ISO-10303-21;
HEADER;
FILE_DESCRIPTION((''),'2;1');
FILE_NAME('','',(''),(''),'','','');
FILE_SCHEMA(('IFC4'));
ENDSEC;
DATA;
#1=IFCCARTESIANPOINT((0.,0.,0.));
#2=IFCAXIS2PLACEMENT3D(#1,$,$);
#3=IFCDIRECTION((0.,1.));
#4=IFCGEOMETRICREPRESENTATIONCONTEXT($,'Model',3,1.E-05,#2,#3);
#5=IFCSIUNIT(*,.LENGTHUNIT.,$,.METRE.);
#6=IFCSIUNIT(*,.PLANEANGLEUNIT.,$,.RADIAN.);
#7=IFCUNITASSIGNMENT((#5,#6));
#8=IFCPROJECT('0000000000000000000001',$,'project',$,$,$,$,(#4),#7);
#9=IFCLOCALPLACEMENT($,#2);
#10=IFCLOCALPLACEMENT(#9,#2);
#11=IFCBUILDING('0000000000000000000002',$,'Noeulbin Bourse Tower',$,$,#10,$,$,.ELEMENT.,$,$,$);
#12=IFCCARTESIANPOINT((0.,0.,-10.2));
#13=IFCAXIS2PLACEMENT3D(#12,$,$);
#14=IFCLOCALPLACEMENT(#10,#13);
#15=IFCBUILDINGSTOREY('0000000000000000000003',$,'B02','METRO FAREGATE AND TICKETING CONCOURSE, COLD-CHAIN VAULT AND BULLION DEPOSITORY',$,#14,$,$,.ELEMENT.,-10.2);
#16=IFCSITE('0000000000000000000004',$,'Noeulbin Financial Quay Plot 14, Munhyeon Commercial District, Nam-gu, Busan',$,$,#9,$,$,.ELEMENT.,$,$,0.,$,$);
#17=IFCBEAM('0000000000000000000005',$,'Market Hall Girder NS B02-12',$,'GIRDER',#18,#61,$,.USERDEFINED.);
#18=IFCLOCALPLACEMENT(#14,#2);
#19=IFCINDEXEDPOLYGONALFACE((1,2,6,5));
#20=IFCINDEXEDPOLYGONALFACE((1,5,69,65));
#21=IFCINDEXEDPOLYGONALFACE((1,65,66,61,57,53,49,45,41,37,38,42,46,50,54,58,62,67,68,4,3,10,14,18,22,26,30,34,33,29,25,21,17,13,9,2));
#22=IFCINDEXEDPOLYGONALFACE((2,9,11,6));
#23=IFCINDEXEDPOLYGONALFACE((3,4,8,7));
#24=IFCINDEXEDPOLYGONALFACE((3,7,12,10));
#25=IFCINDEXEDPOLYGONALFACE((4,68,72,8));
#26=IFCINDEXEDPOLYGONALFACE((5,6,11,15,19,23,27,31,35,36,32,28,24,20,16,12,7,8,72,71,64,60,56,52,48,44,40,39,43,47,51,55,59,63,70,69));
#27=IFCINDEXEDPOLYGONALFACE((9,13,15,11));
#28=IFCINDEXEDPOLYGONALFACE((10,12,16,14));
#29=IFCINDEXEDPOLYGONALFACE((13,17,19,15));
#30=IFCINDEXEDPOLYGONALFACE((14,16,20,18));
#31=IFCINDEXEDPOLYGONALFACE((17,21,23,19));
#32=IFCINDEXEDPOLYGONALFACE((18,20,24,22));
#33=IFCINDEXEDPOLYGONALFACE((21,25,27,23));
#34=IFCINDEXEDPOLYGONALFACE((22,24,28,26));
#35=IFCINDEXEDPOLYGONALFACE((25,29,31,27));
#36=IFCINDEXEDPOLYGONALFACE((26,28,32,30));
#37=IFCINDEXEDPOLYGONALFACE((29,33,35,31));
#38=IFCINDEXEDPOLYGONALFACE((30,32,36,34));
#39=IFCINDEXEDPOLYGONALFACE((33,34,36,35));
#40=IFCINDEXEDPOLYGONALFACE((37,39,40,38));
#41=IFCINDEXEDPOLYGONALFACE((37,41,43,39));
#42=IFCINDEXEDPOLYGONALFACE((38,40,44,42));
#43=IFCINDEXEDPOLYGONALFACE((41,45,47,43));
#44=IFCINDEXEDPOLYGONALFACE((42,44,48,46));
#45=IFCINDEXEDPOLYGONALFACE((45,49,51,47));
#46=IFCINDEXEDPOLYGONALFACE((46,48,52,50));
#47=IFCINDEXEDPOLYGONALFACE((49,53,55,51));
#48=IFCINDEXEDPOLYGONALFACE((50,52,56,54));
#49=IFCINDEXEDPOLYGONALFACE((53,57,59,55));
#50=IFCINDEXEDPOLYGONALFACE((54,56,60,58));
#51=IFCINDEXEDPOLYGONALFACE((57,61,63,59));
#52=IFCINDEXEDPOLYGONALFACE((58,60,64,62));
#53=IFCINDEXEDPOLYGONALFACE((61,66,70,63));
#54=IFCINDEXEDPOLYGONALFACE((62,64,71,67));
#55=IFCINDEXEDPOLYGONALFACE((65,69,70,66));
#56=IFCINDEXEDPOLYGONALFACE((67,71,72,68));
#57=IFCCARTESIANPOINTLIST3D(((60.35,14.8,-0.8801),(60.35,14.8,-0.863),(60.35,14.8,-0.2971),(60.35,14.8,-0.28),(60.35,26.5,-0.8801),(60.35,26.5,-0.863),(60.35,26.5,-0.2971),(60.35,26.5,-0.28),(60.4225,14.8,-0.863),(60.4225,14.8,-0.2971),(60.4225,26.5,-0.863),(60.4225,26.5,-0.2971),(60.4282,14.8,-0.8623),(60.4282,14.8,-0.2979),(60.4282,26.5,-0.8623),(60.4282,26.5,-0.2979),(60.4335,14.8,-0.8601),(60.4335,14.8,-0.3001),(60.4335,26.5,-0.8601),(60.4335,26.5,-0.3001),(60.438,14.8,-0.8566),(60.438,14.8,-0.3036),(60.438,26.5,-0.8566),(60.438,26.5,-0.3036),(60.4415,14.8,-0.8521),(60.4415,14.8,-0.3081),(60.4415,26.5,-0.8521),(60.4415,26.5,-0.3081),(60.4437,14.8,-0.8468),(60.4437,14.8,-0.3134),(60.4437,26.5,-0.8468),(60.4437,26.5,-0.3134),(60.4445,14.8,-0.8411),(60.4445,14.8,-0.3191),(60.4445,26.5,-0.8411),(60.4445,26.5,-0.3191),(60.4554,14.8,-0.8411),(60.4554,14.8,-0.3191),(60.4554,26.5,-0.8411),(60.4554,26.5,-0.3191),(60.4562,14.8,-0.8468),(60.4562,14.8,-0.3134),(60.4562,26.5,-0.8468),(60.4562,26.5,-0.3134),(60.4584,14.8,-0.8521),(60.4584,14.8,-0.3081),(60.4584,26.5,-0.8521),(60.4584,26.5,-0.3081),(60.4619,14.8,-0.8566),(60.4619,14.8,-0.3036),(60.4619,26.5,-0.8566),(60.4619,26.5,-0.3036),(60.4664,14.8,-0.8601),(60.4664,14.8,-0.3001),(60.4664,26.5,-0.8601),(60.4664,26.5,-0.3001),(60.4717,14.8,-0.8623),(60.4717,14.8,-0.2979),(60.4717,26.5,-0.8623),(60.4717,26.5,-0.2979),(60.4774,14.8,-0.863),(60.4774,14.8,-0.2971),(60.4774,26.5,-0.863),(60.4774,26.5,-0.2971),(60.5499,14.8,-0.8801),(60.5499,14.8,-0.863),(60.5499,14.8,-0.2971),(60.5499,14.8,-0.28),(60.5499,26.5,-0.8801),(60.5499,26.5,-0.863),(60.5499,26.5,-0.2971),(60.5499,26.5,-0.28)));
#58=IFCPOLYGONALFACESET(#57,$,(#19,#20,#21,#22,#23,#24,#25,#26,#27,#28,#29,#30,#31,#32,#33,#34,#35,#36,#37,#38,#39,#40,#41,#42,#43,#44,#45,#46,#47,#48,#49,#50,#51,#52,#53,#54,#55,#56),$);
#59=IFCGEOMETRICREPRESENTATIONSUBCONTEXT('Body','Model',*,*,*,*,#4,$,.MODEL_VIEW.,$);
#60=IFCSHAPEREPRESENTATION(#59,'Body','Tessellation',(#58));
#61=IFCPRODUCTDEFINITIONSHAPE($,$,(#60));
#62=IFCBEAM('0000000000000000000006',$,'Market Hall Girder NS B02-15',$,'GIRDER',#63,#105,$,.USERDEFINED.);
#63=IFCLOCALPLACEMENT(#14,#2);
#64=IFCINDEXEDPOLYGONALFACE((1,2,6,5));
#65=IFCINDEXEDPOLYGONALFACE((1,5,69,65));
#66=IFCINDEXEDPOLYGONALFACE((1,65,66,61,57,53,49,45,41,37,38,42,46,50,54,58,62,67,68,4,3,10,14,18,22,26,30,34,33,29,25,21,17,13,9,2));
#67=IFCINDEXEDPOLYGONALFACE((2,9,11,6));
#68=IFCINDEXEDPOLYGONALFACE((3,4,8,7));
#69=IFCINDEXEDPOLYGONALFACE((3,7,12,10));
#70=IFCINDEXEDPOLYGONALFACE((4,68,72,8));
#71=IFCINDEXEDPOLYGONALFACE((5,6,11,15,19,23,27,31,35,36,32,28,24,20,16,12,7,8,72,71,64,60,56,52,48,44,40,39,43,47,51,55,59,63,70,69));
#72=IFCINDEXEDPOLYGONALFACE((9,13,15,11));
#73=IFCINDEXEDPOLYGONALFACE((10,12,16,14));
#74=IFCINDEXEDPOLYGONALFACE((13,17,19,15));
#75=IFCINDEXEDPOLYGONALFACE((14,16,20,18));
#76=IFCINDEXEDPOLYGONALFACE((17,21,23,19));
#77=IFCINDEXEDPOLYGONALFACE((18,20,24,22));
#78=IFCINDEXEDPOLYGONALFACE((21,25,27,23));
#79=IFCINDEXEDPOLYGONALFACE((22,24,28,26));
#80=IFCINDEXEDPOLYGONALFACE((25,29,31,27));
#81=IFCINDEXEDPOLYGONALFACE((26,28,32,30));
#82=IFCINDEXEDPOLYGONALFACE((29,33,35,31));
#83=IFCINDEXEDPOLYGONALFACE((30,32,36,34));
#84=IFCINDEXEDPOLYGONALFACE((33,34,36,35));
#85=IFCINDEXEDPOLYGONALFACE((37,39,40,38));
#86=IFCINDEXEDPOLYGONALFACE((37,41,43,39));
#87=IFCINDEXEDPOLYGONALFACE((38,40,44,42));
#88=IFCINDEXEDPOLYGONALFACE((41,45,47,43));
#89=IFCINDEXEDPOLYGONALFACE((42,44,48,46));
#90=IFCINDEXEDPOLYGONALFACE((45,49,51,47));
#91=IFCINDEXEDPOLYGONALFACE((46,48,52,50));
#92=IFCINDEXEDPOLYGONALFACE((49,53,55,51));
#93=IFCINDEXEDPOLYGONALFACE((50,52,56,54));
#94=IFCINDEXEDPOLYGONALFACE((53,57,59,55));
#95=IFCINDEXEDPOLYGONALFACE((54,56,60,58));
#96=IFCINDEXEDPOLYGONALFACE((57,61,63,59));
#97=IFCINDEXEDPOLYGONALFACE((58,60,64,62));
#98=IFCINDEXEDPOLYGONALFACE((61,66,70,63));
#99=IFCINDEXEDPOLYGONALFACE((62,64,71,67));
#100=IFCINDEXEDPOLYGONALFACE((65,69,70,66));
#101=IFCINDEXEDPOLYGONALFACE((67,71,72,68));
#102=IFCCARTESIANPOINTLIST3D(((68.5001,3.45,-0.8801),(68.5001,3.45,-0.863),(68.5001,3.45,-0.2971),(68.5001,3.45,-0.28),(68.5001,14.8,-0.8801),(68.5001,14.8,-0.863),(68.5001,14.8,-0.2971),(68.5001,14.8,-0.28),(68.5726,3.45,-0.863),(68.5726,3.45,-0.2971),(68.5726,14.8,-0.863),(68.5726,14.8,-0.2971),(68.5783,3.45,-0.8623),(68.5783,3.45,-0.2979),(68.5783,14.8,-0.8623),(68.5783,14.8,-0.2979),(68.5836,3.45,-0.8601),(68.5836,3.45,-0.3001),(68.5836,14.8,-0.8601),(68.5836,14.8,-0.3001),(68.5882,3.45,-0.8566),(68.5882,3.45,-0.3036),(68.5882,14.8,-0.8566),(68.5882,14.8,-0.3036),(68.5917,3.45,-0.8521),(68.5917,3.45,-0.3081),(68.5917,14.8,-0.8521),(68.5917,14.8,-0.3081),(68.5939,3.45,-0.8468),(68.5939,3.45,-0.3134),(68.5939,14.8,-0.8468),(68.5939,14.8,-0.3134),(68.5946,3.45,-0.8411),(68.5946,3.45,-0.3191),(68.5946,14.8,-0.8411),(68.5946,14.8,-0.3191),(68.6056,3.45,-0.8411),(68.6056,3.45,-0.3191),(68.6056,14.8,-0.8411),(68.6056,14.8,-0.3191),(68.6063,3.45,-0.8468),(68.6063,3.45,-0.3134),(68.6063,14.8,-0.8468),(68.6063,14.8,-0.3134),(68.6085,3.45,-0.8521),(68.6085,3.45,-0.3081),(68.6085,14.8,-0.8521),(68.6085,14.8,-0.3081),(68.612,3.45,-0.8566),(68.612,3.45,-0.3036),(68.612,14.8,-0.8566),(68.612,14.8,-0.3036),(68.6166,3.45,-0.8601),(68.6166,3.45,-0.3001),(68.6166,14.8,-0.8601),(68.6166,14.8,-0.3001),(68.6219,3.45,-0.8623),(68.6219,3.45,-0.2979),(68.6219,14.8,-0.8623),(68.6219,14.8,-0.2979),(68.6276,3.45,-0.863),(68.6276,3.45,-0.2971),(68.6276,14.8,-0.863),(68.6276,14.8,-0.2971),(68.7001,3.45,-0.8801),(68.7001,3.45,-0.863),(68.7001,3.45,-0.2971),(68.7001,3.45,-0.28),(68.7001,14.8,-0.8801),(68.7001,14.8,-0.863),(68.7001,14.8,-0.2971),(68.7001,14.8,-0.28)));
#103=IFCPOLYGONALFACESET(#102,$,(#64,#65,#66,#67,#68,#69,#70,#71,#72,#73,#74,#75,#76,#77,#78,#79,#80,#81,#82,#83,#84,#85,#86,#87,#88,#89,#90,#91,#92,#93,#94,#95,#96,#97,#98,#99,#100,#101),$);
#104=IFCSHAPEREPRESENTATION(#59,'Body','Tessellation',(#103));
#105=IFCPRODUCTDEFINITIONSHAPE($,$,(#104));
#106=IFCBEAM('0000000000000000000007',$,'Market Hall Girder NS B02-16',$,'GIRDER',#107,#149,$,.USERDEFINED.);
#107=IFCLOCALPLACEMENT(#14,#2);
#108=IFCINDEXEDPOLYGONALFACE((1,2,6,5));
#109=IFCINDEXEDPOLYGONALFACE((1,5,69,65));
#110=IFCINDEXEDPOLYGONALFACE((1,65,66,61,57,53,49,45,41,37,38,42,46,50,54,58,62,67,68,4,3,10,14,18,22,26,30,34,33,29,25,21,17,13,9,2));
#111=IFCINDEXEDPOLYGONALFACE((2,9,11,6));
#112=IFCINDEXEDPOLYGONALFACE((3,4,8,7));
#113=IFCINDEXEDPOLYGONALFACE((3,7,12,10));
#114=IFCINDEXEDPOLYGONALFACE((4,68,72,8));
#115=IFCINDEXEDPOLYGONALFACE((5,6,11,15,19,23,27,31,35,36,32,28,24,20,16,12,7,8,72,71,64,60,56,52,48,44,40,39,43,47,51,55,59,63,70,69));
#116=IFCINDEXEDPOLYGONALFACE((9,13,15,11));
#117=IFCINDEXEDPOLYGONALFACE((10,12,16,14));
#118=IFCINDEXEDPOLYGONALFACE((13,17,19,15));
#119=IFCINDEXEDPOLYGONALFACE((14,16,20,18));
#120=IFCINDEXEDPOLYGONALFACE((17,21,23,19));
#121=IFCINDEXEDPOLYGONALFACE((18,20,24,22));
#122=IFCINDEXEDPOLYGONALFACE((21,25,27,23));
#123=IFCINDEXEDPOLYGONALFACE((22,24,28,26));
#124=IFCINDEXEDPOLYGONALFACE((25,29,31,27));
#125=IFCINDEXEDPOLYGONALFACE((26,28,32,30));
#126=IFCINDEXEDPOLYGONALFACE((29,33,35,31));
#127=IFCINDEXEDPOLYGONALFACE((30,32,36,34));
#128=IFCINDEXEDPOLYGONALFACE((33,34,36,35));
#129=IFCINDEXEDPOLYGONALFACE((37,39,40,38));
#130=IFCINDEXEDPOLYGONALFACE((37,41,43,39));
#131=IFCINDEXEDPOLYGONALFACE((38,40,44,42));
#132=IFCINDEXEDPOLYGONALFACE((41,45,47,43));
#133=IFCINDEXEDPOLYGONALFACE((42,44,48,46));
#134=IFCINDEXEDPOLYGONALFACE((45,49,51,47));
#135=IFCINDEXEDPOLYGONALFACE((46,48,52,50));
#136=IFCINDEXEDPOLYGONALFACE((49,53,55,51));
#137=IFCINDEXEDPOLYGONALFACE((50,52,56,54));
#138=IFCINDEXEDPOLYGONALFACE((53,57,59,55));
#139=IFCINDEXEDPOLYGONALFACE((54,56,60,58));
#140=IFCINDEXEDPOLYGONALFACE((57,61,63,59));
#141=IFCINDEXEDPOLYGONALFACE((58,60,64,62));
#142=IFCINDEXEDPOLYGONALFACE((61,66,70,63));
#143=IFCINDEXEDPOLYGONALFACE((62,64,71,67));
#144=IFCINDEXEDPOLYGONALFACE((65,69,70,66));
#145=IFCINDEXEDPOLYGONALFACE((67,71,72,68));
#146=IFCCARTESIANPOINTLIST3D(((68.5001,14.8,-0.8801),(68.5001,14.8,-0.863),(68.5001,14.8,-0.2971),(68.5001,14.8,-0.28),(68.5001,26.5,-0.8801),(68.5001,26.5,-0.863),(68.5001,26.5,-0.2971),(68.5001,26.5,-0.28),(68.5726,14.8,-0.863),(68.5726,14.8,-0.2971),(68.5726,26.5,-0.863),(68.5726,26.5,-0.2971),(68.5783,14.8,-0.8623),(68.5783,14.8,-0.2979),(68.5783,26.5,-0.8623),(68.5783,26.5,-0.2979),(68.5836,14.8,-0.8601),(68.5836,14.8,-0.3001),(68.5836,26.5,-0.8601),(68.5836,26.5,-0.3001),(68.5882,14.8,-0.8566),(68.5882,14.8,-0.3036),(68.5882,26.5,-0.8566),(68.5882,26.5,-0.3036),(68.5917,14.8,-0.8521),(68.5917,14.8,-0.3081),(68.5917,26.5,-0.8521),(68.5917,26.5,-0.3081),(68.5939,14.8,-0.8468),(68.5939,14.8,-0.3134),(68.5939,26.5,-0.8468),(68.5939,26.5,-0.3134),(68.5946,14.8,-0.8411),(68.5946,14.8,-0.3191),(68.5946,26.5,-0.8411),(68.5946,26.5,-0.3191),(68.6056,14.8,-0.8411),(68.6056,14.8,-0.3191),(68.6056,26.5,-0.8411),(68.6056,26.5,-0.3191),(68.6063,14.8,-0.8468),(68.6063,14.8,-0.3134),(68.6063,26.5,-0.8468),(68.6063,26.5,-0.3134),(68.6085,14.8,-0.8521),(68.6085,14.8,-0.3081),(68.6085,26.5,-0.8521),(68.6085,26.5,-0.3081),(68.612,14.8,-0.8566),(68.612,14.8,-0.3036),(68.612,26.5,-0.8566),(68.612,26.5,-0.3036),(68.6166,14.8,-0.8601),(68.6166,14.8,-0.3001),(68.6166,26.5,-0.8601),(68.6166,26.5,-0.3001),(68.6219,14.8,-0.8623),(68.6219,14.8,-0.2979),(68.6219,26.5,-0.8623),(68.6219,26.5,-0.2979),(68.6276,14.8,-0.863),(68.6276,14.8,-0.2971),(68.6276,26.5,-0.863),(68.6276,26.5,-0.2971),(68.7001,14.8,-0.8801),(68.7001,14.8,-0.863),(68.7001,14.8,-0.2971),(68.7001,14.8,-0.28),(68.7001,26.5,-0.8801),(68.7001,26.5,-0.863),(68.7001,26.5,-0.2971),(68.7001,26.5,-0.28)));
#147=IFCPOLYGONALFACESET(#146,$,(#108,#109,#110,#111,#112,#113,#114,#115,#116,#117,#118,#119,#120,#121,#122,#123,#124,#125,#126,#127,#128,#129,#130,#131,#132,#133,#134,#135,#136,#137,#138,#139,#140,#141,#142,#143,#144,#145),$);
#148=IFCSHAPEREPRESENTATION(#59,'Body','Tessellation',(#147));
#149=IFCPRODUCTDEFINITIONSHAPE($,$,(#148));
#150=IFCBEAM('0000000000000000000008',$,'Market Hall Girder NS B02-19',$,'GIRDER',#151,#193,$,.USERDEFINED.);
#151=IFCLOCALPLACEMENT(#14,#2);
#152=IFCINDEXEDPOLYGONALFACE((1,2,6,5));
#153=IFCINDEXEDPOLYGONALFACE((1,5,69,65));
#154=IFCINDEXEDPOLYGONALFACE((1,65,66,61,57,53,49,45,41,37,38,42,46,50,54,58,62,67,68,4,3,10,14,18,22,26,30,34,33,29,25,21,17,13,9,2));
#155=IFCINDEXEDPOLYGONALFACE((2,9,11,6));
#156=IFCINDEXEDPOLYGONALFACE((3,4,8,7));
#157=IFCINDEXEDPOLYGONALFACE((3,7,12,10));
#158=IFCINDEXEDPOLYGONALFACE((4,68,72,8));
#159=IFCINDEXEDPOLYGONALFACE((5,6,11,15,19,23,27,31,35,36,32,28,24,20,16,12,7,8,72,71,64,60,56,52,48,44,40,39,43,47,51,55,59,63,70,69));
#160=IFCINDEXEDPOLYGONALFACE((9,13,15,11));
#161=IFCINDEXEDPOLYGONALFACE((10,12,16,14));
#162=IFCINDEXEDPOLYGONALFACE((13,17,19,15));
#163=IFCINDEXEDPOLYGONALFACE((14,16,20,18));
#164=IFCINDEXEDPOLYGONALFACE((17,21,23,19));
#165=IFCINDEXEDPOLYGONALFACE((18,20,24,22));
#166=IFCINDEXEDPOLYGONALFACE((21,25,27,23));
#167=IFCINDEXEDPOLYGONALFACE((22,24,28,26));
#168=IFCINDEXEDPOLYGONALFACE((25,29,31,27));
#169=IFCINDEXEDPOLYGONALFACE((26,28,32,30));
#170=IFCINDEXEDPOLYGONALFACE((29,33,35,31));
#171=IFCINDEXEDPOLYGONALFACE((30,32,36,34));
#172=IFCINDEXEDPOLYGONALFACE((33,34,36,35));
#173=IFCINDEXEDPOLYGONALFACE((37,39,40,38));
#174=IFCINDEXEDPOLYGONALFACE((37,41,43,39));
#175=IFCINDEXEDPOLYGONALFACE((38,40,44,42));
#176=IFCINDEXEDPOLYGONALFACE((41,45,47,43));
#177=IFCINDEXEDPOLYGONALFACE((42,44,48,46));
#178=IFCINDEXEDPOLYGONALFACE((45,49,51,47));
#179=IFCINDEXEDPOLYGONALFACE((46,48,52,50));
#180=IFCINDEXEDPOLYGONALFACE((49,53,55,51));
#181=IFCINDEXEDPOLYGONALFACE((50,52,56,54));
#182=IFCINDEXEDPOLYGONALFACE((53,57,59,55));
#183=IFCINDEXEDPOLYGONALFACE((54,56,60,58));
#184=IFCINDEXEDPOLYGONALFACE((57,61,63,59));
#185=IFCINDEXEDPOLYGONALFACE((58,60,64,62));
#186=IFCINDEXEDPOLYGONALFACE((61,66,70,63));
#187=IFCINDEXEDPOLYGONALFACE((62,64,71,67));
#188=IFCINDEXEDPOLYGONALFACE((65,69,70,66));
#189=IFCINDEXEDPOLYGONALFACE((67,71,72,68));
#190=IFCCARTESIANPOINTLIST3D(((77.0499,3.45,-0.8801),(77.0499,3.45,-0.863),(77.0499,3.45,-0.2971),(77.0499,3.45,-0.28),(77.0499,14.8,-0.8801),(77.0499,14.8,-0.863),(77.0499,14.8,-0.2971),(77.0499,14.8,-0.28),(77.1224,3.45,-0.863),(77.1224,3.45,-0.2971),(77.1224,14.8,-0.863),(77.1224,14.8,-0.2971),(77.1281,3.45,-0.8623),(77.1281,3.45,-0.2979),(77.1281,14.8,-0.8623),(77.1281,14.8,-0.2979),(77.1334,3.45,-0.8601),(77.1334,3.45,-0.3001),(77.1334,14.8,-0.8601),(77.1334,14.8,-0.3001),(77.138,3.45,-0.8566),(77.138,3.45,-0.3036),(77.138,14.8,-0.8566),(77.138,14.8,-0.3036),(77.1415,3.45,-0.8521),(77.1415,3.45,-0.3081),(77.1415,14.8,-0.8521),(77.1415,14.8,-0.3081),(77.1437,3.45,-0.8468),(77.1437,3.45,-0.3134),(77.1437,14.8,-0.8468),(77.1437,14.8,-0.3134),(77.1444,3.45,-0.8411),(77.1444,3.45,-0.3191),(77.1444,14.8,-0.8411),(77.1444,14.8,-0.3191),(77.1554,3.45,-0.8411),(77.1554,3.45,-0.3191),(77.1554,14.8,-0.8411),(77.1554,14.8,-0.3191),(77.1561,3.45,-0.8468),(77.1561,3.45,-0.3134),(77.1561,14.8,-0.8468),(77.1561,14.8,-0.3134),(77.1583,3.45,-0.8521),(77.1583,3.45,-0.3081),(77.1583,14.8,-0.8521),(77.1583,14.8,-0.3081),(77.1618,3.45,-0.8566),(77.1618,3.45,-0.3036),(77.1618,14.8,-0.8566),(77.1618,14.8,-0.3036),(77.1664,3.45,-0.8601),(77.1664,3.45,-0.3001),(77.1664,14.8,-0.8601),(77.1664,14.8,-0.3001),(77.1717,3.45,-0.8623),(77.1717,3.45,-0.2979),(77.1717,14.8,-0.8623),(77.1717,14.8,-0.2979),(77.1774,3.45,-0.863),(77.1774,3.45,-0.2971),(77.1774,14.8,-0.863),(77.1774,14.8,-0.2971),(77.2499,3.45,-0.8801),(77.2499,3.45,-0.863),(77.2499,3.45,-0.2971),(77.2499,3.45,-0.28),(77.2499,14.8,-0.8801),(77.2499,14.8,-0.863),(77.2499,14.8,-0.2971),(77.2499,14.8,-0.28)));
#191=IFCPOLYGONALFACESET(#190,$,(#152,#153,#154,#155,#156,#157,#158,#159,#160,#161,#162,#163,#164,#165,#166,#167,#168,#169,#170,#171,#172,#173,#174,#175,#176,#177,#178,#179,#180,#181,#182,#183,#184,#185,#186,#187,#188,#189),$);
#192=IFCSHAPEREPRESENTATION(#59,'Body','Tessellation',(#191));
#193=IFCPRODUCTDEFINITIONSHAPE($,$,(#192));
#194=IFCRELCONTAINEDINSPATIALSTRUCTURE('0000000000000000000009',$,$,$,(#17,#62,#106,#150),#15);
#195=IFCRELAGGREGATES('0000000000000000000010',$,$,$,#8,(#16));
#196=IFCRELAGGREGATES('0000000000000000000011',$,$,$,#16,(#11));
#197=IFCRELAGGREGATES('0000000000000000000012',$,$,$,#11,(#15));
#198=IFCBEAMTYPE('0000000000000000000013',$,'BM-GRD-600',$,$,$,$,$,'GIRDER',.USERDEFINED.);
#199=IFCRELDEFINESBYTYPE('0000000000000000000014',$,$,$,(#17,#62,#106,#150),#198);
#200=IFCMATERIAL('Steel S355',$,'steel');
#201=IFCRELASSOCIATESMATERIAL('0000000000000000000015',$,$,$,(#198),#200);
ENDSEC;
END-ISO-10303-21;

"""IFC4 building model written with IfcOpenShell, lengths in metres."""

from ifc_helpers import new_model, si_unit, direction, frame, origin, origin_2d, place, context, subcontext, project, spatial, i_section, extrude, material, material_profile, profile_set, type_object, element, save


model = new_model("IFC4")

# Units and contexts
model_context = context("Model", 3, precision=1e-05, world=origin(), true_north=direction((0.0, 1.0)))
body_context = subcontext(model_context, "Body", "Model", "MODEL_VIEW")
ifc_project = project(units=[si_unit("LENGTHUNIT", "METRE"), si_unit("PLANEANGLEUNIT", "RADIAN")], contexts=[model_context])

# Site, building, storey
site_placement = place(None, origin())
site = spatial("IfcSite", under=ifc_project, at=site_placement, Name="Noeulbin Financial Quay Plot 14, Munhyeon Commercial District, Nam-gu, Busan", CompositionType="ELEMENT", RefElevation=0.0)
building_placement = place(site_placement, origin())
building = spatial("IfcBuilding", under=site, at=building_placement, Name="Noeulbin Bourse Tower", CompositionType="ELEMENT")
storey_placement = place(building_placement, frame((0.0, 0.0, -10.2)))
storey = spatial("IfcBuildingStorey", under=building, at=storey_placement, Name="B02", Description="METRO FAREGATE AND TICKETING CONCOURSE, COLD-CHAIN VAULT AND BULLION DEPOSITORY", CompositionType="ELEMENT", Elevation=-10.2)

# Beams
ifc_material_1 = material(Name="Steel S355", Category="steel")
ifc_material_profile_1 = material_profile(ifc_material_1, i_section(OverallWidth=0.2, OverallDepth=0.6001, WebThickness=0.011, FlangeThickness=0.0171, FilletRadius=0.022, at=origin_2d()), Name="H-600x200x11x17", Category="LoadBearing")
ifc_profile_set_1 = profile_set([ifc_material_profile_1], Name="Steel S355")
beam_type_1 = type_object("IfcBeamType", Name="BM-GRD-600", ElementType="GIRDER", PredefinedType="USERDEFINED", material=ifc_profile_set_1)
beam_1_placement = place(storey_placement, frame((60.45, 14.8, -0.5801), z_axis=(0.0, 1.0, 0.0), x_axis=(-1.0, 0.0, 0.0)))
element("IfcBeam", 1, at=beam_1_placement, inside=storey, type_object=beam_type_1, Name="Market Hall Girder NS B02-12", ObjectType="GIRDER", PredefinedType="USERDEFINED", context=body_context, shape_type="SweptSolid", body=[
    extrude(i_section(OverallWidth=0.2, OverallDepth=0.6001, WebThickness=0.011, FlangeThickness=0.0171, FilletRadius=0.022, at=origin_2d()), origin(), (0.0, 0.0, 1.0), 11.7),
])
beam_2_placement = place(storey_placement, frame((68.6001, 3.45, -0.5801), z_axis=(0.0, 1.0, 0.0), x_axis=(-1.0, 0.0, 0.0)))
element("IfcBeam", 2, at=beam_2_placement, inside=storey, type_object=beam_type_1, Name="Market Hall Girder NS B02-15", ObjectType="GIRDER", PredefinedType="USERDEFINED", context=body_context, shape_type="SweptSolid", body=[
    extrude(i_section(OverallWidth=0.2, OverallDepth=0.6001, WebThickness=0.011, FlangeThickness=0.0171, FilletRadius=0.022, at=origin_2d()), origin(), (0.0, 0.0, 1.0), 11.3501),
])
beam_3_placement = place(storey_placement, frame((68.6001, 14.8, -0.5801), z_axis=(0.0, 1.0, 0.0), x_axis=(-1.0, 0.0, 0.0)))
element("IfcBeam", 3, at=beam_3_placement, inside=storey, type_object=beam_type_1, Name="Market Hall Girder NS B02-16", ObjectType="GIRDER", PredefinedType="USERDEFINED", context=body_context, shape_type="SweptSolid", body=[
    extrude(i_section(OverallWidth=0.2, OverallDepth=0.6001, WebThickness=0.011, FlangeThickness=0.0171, FilletRadius=0.022, at=origin_2d()), origin(), (0.0, 0.0, 1.0), 11.7),
])
beam_4_placement = place(storey_placement, frame((77.1499, 3.45, -0.5801), z_axis=(0.0, 1.0, 0.0), x_axis=(-1.0, 0.0, 0.0)))
element("IfcBeam", 4, at=beam_4_placement, inside=storey, type_object=beam_type_1, Name="Market Hall Girder NS B02-19", ObjectType="GIRDER", PredefinedType="USERDEFINED", context=body_context, shape_type="SweptSolid", body=[
    extrude(i_section(OverallWidth=0.2, OverallDepth=0.6001, WebThickness=0.011, FlangeThickness=0.0171, FilletRadius=0.022, at=origin_2d()), origin(), (0.0, 0.0, 1.0), 11.3501),
])

save(model, "model.ifc")
